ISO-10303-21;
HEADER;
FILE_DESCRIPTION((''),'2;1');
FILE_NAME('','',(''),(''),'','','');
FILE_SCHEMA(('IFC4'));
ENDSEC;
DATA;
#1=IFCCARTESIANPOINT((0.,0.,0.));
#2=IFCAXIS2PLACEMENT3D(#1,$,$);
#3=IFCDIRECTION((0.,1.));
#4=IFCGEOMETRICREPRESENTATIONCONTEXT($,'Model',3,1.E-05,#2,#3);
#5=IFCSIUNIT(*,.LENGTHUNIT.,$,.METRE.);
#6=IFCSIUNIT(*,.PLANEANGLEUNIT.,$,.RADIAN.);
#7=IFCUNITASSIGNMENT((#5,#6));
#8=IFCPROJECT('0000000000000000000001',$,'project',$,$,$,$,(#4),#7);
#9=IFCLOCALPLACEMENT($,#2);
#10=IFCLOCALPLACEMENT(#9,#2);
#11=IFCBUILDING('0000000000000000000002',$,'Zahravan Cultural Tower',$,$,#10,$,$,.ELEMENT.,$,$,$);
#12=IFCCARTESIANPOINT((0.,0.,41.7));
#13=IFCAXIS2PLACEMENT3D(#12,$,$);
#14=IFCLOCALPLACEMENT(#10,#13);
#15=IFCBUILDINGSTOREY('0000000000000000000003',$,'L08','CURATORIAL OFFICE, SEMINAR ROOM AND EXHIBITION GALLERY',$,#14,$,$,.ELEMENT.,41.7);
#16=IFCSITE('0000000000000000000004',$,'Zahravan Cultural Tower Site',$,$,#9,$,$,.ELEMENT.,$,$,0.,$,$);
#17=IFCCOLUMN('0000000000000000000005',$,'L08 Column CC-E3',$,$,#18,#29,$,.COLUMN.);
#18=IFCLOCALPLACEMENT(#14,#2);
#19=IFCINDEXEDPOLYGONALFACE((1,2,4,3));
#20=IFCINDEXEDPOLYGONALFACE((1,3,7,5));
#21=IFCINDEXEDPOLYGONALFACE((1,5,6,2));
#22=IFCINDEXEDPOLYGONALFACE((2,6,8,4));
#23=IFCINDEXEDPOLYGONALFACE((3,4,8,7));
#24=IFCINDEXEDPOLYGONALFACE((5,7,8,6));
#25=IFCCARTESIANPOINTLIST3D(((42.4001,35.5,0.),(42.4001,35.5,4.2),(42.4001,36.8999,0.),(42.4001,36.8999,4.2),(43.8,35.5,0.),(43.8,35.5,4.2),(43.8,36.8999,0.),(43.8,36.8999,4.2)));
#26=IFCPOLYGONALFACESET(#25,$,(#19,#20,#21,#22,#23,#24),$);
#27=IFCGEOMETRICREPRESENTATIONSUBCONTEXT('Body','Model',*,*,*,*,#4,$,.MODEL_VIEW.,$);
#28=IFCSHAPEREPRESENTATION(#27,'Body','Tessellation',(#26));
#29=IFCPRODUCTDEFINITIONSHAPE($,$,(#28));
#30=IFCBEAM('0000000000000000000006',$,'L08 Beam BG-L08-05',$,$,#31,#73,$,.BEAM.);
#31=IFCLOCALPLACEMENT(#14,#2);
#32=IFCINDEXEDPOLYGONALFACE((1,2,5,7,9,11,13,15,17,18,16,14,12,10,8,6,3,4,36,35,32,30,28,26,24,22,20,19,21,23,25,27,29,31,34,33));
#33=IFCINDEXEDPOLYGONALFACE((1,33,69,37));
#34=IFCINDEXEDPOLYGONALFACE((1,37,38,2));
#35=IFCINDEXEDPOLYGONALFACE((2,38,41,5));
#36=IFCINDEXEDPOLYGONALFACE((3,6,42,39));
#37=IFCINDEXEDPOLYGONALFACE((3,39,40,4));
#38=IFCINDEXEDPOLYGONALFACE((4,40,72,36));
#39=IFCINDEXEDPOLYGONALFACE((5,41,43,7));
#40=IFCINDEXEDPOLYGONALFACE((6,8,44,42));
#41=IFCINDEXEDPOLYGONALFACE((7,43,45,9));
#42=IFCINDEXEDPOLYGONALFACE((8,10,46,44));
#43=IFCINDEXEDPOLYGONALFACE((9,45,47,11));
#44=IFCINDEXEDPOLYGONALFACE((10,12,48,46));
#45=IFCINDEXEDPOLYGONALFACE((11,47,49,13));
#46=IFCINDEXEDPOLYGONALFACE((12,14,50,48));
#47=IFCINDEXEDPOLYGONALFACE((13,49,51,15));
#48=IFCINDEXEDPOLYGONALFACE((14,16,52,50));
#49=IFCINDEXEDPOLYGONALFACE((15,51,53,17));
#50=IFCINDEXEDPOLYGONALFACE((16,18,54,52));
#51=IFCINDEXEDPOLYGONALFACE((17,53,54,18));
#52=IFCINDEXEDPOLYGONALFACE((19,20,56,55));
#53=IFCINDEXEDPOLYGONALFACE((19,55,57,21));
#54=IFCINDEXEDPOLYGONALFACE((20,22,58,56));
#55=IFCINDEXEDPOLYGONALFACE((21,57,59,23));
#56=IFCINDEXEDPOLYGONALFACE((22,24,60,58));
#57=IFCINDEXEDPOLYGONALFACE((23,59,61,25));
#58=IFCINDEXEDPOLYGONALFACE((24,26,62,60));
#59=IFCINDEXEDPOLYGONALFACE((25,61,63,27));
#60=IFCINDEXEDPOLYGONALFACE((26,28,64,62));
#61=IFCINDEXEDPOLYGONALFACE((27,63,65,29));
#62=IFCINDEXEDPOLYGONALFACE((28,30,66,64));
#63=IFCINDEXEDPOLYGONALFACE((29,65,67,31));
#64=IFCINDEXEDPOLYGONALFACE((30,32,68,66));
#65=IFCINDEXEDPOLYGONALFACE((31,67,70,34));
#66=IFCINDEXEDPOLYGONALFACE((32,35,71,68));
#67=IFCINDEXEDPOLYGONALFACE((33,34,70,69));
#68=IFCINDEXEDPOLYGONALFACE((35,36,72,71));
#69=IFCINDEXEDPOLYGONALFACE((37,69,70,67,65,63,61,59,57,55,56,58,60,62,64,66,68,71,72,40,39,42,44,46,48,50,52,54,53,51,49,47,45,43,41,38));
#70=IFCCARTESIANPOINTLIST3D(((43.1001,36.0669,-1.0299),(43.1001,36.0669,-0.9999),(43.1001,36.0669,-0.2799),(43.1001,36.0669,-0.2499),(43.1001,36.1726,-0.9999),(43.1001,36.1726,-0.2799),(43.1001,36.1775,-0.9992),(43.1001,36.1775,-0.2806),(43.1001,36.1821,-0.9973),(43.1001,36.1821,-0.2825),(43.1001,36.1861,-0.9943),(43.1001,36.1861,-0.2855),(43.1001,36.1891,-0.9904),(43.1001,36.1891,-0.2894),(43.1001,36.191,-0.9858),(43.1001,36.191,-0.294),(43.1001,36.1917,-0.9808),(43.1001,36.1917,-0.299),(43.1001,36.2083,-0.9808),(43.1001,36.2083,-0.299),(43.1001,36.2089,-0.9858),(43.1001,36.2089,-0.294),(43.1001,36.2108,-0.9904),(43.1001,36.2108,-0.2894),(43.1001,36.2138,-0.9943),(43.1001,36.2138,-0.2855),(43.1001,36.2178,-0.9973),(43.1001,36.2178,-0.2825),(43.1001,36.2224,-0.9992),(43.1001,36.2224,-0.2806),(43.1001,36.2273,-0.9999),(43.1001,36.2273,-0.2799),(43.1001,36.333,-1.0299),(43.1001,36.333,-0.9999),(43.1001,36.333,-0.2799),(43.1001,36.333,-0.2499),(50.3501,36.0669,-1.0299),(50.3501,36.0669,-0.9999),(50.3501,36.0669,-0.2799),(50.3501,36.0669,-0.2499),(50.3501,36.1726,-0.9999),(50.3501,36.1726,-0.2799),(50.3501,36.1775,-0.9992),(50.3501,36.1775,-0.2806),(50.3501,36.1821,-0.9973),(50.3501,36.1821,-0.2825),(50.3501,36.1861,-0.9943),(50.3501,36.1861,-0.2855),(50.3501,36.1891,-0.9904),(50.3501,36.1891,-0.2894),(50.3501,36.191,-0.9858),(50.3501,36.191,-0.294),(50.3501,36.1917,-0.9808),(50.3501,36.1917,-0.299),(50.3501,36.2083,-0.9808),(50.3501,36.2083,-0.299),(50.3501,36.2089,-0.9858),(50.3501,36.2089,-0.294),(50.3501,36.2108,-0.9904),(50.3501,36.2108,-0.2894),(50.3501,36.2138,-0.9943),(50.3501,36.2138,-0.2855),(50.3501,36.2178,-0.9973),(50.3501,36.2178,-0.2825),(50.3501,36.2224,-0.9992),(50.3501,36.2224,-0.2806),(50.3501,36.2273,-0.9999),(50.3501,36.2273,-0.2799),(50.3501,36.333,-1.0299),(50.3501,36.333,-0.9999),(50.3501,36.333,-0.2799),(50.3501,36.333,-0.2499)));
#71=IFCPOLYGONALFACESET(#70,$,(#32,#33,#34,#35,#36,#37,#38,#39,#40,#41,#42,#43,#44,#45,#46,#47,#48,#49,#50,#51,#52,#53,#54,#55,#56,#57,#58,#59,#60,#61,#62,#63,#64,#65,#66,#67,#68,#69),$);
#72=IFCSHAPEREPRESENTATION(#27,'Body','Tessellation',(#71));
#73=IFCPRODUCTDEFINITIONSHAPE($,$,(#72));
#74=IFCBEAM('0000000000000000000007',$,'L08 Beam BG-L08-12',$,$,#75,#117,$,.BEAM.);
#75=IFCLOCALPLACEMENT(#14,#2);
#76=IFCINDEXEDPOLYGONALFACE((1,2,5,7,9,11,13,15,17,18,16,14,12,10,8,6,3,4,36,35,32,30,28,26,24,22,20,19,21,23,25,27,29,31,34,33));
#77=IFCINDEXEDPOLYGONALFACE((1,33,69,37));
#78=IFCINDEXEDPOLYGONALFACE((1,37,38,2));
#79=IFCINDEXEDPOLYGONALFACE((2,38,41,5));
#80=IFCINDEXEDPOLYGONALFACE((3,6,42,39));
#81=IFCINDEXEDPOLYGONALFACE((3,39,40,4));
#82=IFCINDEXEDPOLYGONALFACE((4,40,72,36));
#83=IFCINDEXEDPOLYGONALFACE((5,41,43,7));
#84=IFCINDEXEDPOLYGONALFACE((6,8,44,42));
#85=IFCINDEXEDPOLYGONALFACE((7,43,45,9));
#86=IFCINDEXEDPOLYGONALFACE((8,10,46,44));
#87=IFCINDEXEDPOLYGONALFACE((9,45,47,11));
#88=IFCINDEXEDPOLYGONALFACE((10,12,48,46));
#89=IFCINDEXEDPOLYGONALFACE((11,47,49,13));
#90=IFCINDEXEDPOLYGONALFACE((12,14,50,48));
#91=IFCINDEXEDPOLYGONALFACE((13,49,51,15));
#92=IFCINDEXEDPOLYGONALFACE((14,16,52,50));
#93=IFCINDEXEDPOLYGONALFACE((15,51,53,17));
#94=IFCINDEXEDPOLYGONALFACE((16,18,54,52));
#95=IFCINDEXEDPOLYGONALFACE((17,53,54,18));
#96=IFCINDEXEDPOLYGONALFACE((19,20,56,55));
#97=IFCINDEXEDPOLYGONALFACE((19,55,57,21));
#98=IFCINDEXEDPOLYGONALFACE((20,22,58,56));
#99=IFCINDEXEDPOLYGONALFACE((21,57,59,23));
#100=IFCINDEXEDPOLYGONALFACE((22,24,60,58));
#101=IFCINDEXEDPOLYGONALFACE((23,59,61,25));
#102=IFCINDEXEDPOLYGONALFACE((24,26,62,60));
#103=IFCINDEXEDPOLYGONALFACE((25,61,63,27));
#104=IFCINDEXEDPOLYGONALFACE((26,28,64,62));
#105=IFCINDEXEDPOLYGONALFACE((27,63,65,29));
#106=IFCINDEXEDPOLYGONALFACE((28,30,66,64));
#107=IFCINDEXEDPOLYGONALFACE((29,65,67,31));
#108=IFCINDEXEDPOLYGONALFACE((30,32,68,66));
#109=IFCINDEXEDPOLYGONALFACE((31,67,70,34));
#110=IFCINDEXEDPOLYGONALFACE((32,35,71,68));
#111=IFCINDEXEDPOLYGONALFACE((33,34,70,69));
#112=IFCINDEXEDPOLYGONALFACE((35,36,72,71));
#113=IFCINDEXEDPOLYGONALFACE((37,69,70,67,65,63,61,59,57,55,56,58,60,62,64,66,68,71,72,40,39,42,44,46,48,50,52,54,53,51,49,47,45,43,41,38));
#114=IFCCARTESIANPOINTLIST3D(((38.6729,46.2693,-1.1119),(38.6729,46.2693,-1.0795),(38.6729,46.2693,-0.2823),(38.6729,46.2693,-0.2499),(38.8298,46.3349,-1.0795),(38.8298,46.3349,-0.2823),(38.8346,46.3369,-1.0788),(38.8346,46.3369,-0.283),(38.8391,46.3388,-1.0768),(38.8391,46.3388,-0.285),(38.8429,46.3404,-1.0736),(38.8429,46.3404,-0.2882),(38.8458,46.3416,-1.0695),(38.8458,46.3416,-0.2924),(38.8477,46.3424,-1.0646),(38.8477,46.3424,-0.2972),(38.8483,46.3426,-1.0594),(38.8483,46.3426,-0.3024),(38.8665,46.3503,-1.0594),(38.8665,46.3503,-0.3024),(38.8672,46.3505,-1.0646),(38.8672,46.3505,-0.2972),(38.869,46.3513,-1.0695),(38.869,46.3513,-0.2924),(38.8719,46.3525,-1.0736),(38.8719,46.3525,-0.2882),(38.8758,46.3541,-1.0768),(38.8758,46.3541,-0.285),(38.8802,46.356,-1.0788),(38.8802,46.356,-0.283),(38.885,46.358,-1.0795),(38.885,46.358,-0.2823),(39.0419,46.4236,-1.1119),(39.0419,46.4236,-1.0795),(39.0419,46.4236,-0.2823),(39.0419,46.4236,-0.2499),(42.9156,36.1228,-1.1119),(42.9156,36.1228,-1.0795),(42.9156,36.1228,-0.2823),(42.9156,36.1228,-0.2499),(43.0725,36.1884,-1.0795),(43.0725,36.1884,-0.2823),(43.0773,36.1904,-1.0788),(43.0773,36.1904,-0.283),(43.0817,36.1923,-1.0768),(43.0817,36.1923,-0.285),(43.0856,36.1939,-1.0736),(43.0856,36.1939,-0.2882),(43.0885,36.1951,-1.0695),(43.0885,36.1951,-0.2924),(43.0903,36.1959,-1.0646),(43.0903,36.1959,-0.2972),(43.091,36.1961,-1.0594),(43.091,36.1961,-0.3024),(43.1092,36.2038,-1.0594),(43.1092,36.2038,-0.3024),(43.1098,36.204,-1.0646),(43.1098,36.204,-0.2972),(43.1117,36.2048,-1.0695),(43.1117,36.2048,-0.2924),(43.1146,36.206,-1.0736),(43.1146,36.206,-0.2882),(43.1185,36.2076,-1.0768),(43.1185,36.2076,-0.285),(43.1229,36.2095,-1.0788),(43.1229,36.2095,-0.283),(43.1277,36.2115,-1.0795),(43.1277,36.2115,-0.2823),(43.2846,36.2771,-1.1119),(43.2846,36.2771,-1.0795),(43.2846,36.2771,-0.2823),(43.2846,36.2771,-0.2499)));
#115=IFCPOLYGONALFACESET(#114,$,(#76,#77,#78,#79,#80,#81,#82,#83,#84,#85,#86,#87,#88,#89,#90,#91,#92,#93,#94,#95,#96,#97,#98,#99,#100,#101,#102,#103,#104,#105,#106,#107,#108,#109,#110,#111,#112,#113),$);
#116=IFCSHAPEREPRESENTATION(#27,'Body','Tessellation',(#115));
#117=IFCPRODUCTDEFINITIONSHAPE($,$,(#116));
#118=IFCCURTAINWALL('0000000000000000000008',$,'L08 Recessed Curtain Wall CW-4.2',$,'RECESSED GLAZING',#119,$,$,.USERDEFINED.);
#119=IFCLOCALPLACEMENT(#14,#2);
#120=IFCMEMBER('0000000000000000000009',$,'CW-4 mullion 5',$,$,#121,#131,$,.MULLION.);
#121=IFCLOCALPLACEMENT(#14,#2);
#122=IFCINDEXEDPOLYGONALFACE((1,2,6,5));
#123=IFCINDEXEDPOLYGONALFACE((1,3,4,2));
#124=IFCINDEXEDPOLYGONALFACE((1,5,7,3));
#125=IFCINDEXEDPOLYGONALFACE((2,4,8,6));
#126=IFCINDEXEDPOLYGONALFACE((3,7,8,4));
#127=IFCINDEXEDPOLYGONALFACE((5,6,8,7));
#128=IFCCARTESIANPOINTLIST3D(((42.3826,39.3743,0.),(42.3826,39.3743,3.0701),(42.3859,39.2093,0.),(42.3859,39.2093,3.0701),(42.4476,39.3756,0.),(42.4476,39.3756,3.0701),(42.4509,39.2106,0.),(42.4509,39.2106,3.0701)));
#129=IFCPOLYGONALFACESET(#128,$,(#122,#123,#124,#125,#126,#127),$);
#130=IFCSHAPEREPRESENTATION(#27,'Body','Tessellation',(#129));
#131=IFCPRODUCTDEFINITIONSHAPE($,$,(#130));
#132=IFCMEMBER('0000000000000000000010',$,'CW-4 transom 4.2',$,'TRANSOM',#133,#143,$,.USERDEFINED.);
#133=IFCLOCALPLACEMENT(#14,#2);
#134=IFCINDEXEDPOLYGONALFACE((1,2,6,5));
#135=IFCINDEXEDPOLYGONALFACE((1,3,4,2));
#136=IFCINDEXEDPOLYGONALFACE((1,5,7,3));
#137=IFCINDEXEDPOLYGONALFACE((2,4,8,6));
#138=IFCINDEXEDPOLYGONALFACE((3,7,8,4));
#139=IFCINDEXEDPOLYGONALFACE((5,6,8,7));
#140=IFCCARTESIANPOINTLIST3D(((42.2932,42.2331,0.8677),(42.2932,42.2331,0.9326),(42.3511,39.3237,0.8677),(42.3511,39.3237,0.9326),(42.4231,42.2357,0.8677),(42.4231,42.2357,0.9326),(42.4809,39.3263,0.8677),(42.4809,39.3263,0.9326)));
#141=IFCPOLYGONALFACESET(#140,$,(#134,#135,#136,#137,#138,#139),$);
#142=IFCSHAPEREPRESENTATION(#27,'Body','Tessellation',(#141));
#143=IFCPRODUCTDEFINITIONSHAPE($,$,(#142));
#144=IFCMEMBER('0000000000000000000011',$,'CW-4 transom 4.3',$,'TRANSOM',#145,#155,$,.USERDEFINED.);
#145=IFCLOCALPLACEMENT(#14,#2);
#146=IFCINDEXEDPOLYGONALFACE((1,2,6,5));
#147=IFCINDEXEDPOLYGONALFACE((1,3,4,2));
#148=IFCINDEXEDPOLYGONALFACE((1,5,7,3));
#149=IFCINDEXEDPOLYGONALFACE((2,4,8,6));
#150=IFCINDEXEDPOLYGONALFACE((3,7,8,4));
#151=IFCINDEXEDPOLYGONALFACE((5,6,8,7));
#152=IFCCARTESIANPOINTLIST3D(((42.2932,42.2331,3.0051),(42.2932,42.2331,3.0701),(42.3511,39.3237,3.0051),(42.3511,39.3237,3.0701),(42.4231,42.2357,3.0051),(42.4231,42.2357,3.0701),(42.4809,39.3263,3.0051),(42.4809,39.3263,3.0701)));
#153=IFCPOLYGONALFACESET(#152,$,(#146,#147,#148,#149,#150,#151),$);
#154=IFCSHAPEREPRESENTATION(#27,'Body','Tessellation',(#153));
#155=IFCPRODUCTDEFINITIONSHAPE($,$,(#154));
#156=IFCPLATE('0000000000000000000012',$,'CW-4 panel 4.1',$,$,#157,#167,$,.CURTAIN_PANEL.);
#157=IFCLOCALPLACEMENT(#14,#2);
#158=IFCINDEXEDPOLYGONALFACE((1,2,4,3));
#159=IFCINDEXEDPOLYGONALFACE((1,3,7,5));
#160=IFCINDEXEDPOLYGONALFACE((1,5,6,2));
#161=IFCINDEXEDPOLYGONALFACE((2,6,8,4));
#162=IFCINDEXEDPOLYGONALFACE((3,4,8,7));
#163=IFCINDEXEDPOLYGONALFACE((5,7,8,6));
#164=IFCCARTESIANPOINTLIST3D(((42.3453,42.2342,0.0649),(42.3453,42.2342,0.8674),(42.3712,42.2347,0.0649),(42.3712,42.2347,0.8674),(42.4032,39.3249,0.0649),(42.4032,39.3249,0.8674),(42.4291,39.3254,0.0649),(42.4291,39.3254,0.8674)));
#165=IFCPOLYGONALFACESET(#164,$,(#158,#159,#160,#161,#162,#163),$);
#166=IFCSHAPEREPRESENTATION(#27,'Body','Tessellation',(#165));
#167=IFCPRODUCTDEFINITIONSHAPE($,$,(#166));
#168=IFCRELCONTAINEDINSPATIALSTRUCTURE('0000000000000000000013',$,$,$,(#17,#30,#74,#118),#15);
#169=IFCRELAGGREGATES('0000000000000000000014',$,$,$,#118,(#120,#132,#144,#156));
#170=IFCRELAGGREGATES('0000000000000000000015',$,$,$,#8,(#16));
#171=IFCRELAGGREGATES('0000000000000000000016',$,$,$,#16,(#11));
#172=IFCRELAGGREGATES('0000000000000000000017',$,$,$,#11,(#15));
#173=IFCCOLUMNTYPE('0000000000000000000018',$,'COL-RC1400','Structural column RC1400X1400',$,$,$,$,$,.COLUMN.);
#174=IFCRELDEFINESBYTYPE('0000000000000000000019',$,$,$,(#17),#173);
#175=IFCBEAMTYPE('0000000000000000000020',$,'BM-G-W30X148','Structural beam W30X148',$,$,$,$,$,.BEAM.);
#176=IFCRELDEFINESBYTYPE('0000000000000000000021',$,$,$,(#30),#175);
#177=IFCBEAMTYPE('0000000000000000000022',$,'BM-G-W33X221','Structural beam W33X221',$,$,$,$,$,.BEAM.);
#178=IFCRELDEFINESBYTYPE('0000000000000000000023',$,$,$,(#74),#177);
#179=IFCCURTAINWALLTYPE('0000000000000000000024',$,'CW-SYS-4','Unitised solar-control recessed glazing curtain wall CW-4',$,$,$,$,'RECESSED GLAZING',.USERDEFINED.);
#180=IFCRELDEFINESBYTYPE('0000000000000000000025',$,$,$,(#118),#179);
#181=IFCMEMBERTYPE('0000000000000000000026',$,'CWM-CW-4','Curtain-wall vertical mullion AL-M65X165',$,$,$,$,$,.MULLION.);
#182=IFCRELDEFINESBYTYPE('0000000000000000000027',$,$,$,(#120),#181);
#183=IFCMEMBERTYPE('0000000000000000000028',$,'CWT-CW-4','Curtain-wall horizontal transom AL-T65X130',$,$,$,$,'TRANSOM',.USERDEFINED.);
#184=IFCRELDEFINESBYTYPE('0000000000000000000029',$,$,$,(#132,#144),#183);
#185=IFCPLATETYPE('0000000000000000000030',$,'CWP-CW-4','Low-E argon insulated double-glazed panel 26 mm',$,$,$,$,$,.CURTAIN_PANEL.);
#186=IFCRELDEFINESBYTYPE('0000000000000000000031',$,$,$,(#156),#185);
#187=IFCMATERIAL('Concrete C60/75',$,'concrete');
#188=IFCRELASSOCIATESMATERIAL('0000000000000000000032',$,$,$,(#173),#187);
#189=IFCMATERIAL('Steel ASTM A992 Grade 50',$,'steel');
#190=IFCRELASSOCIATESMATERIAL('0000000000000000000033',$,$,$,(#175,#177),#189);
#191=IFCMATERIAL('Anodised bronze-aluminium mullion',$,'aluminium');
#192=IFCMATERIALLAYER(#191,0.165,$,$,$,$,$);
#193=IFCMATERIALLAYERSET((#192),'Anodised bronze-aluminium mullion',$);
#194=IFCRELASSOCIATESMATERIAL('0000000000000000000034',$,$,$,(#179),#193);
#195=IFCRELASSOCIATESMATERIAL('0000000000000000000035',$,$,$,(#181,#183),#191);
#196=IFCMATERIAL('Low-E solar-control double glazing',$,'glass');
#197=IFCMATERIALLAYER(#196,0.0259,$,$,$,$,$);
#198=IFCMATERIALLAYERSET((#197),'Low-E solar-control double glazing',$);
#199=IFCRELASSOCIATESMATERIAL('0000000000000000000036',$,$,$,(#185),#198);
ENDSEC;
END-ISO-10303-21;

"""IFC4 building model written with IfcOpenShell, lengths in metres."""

from ifc_helpers import new_model, si_unit, direction, frame, origin, origin_2d, place, context, subcontext, project, spatial, rectangle, i_section, extrude, source, transform, mapped, material, layer, layer_set, material_profile, profile_set, type_object, element, aggregate, save


model = new_model("IFC4")

# Units and contexts
model_context = context("Model", 3, precision=1e-05, world=origin(), true_north=direction((0.0, 1.0)))
body_context = subcontext(model_context, "Body", "Model", "MODEL_VIEW")
ifc_project = project(units=[si_unit("LENGTHUNIT", "METRE"), si_unit("PLANEANGLEUNIT", "RADIAN")], contexts=[model_context])

# Site, building, storey
site_placement = place(None, origin())
site = spatial("IfcSite", under=ifc_project, at=site_placement, Name="Zahravan Cultural Tower Site", CompositionType="ELEMENT", RefElevation=0.0)
building_placement = place(site_placement, origin())
building = spatial("IfcBuilding", under=site, at=building_placement, Name="Zahravan Cultural Tower", CompositionType="ELEMENT")
storey_placement = place(building_placement, frame((0.0, 0.0, 41.7)))
storey = spatial("IfcBuildingStorey", under=building, at=storey_placement, Name="L08", Description="CURATORIAL OFFICE, SEMINAR ROOM AND EXHIBITION GALLERY", CompositionType="ELEMENT", Elevation=41.7)

# Column
ifc_material_1 = material(Name="Concrete C60/75", Category="concrete")
ifc_material_profile_1 = material_profile(ifc_material_1, rectangle(XDim=1.3999, YDim=1.3999, at=origin_2d()), Name="RC1400X1400")
ifc_profile_set_1 = profile_set([ifc_material_profile_1], Name="Concrete C60/75")
column_type = type_object("IfcColumnType", Name="COL-RC1400", Description="Structural column RC1400X1400", PredefinedType="COLUMN", material=ifc_profile_set_1)
shared_shape_1 = source(origin(), body_context, "Body", "SweptSolid", [
    extrude(rectangle(XDim=1.3999, YDim=1.3999, at=origin_2d()), origin(), (0.0, 0.0, 1.0), 4.2),
])
column_placement = place(storey_placement, frame((43.1001, 36.2, 0.0), z_axis=(0.0, 0.0, 1.0), x_axis=(1.0, 0.0, 0.0)))
element("IfcColumn", 1, at=column_placement, inside=storey, type_object=column_type, Name="L08 Column CC-E3", PredefinedType="COLUMN", context=body_context, shape_type="MappedRepresentation", body=[
    mapped(shared_shape_1, transform((0.0, 0.0, 0.0), x_axis=(1.0, 0.0, 0.0), y_axis=(0.0, 1.0, 0.0), z_axis=(0.0, 0.0, 1.0), scale=1.0)),
])

# Beams
ifc_material_2 = material(Name="Steel ASTM A992 Grade 50", Category="steel")
ifc_material_profile_2 = material_profile(ifc_material_2, i_section(OverallWidth=0.2661, OverallDepth=0.78, WebThickness=0.0166, FlangeThickness=0.03, FilletRadius=0.019, at=origin_2d()), Name="W30X148")
ifc_profile_set_2 = profile_set([ifc_material_profile_2], Name="Steel ASTM A992 Grade 50")
beam_type_1 = type_object("IfcBeamType", Name="BM-G-W30X148", Description="Structural beam W30X148", PredefinedType="BEAM", material=ifc_profile_set_2)
shared_shape_2 = source(origin(), body_context, "Body", "SweptSolid", [
    extrude(i_section(OverallWidth=0.2661, OverallDepth=0.78, WebThickness=0.0166, FlangeThickness=0.03, FilletRadius=0.019, at=origin_2d()), origin(), (0.0, 0.0, 1.0), 7.25),
])
beam_1_placement = place(storey_placement, frame((43.1001, 36.2, -0.6399), z_axis=(1.0, 0.0, 0.0), x_axis=(0.0, 1.0, 0.0)))
element("IfcBeam", 2, at=beam_1_placement, inside=storey, type_object=beam_type_1, Name="L08 Beam BG-L08-05", PredefinedType="BEAM", context=body_context, shape_type="MappedRepresentation", body=[
    mapped(shared_shape_2, transform((0.0, 0.0, 0.0), x_axis=(1.0, 0.0, 0.0), y_axis=(0.0, 1.0, 0.0), z_axis=(0.0, 0.0, 1.0), scale=1.0)),
])
ifc_material_profile_3 = material_profile(ifc_material_2, i_section(OverallWidth=0.3999, OverallDepth=0.8621, WebThickness=0.0198, FlangeThickness=0.0325, FilletRadius=0.02, at=origin_2d()), Name="W33X221")
ifc_profile_set_3 = profile_set([ifc_material_profile_3], Name="Steel ASTM A992 Grade 50")
beam_type_2 = type_object("IfcBeamType", Name="BM-G-W33X221", Description="Structural beam W33X221", PredefinedType="BEAM", material=ifc_profile_set_3)
shared_shape_3 = source(origin(), body_context, "Body", "SweptSolid", [
    extrude(i_section(OverallWidth=0.3999, OverallDepth=0.8621, WebThickness=0.0198, FlangeThickness=0.0325, FilletRadius=0.02, at=origin_2d()), origin(), (0.0, 0.0, 1.0), 10.9978),
])
beam_2_placement = place(storey_placement, frame((43.1001, 36.2, -0.6809), z_axis=(-0.385775, 0.922593, 0.0), x_axis=(-0.922593, -0.385775, 0.0)))
element("IfcBeam", 3, at=beam_2_placement, inside=storey, type_object=beam_type_2, Name="L08 Beam BG-L08-12", PredefinedType="BEAM", context=body_context, shape_type="MappedRepresentation", body=[
    mapped(shared_shape_3, transform((0.0, 0.0, 0.0), x_axis=(1.0, 0.0, 0.0), y_axis=(0.0, 1.0, 0.0), z_axis=(0.0, 0.0, 1.0), scale=1.0)),
])

# Curtain wall, members, plate
ifc_material_3 = material(Name="Anodised bronze-aluminium mullion", Category="aluminium")
ifc_layer_1 = layer(ifc_material_3, 0.165)
ifc_layer_set_1 = layer_set([ifc_layer_1], Name="Anodised bronze-aluminium mullion")
curtain_wall_type = type_object("IfcCurtainWallType", Name="CW-SYS-4", Description="Unitised solar-control recessed glazing curtain wall CW-4", ElementType="RECESSED GLAZING", PredefinedType="USERDEFINED", material=ifc_layer_set_1)
curtain_wall_placement = place(storey_placement, origin())
curtain_wall = element("IfcCurtainWall", 4, at=curtain_wall_placement, inside=storey, type_object=curtain_wall_type, Name="L08 Recessed Curtain Wall CW-4.2", ObjectType="RECESSED GLAZING", PredefinedType="USERDEFINED")
ifc_material_profile_4 = material_profile(ifc_material_3, rectangle(XDim=0.0649, YDim=0.165, at=origin_2d()), Name="AL-M65X165")
ifc_profile_set_4 = profile_set([ifc_material_profile_4], Name="Anodised bronze-aluminium mullion")
member_type_1 = type_object("IfcMemberType", Name="CWM-CW-4", Description="Curtain-wall vertical mullion AL-M65X165", PredefinedType="MULLION", material=ifc_profile_set_4)
shared_shape_4 = source(origin(), body_context, "Body", "SweptSolid", [
    extrude(rectangle(XDim=0.0649, YDim=0.165, at=origin_2d()), origin(), (0.0, 0.0, 1.0), 3.0701),
])
member_1_placement = place(storey_placement, frame((42.4167, 39.2925, 0.0), z_axis=(0.0, 0.0, 1.0), x_axis=(0.999802, 0.0199, 0.0)))
member_1 = element("IfcMember", 5, at=member_1_placement, type_object=member_type_1, Name="CW-4 mullion 5", PredefinedType="MULLION", context=body_context, shape_type="MappedRepresentation", body=[
    mapped(shared_shape_4, transform((0.0, 0.0, 0.0), x_axis=(1.0, 0.0, 0.0), y_axis=(0.0, 1.0, 0.0), z_axis=(0.0, 0.0, 1.0), scale=1.0)),
])
ifc_material_profile_5 = material_profile(ifc_material_3, rectangle(XDim=0.1299, YDim=0.0649, at=origin_2d()), Name="AL-T65X130")
ifc_profile_set_5 = profile_set([ifc_material_profile_5], Name="Anodised bronze-aluminium mullion")
member_type_2 = type_object("IfcMemberType", Name="CWT-CW-4", Description="Curtain-wall horizontal transom AL-T65X130", ElementType="TRANSOM", PredefinedType="USERDEFINED", material=ifc_profile_set_5)
shared_shape_5 = source(origin(), body_context, "Body", "SweptSolid", [
    extrude(rectangle(XDim=0.1299, YDim=0.0649, at=origin_2d()), origin(), (0.0, 0.0, 1.0), 2.9099),
])
member_2_placement = place(storey_placement, frame((42.3582, 42.2344, 0.9001), z_axis=(0.019884, -0.999802, 0.0), x_axis=(0.999802, 0.019884, 0.0)))
member_2 = element("IfcMember", 6, at=member_2_placement, type_object=member_type_2, Name="CW-4 transom 4.2", ObjectType="TRANSOM", PredefinedType="USERDEFINED", context=body_context, shape_type="MappedRepresentation", body=[
    mapped(shared_shape_5, transform((0.0, 0.0, 0.0), x_axis=(1.0, 0.0, 0.0), y_axis=(0.0, 1.0, 0.0), z_axis=(0.0, 0.0, 1.0), scale=1.0)),
])
member_3_placement = place(storey_placement, frame((42.3582, 42.2344, 3.0376), z_axis=(0.019884, -0.999802, 0.0), x_axis=(0.999802, 0.019884, 0.0)))
member_3 = element("IfcMember", 7, at=member_3_placement, type_object=member_type_2, Name="CW-4 transom 4.3", ObjectType="TRANSOM", PredefinedType="USERDEFINED", context=body_context, shape_type="MappedRepresentation", body=[
    mapped(shared_shape_5, transform((0.0, 0.0, 0.0), x_axis=(1.0, 0.0, 0.0), y_axis=(0.0, 1.0, 0.0), z_axis=(0.0, 0.0, 1.0), scale=1.0)),
])
ifc_material_4 = material(Name="Low-E solar-control double glazing", Category="glass")
ifc_layer_2 = layer(ifc_material_4, 0.0259)
ifc_layer_set_2 = layer_set([ifc_layer_2], Name="Low-E solar-control double glazing")
plate_type = type_object("IfcPlateType", Name="CWP-CW-4", Description="Low-E argon insulated double-glazed panel 26 mm", PredefinedType="CURTAIN_PANEL", material=ifc_layer_set_2)
shared_shape_6 = source(origin(), body_context, "Body", "SweptSolid", [
    extrude(rectangle(XDim=2.9099, YDim=0.0259, at=origin_2d()), origin(), (0.0, 0.0, 1.0), 0.8025),
])
plate_1_placement = place(storey_placement, frame((42.3872, 40.7798, 0.0649), z_axis=(0.0, 0.0, 1.0), x_axis=(0.0199, -0.999802, 0.0)))
plate_1 = element("IfcPlate", 8, at=plate_1_placement, type_object=plate_type, Name="CW-4 panel 4.1", PredefinedType="CURTAIN_PANEL", context=body_context, shape_type="MappedRepresentation", body=[
    mapped(shared_shape_6, transform((0.0, 0.0, 0.0), x_axis=(1.0, 0.0, 0.0), y_axis=(0.0, 1.0, 0.0), z_axis=(0.0, 0.0, 1.0), scale=1.0)),
])
aggregate(curtain_wall, [member_1, member_2, member_3, plate_1])

save(model, "model.ifc")
